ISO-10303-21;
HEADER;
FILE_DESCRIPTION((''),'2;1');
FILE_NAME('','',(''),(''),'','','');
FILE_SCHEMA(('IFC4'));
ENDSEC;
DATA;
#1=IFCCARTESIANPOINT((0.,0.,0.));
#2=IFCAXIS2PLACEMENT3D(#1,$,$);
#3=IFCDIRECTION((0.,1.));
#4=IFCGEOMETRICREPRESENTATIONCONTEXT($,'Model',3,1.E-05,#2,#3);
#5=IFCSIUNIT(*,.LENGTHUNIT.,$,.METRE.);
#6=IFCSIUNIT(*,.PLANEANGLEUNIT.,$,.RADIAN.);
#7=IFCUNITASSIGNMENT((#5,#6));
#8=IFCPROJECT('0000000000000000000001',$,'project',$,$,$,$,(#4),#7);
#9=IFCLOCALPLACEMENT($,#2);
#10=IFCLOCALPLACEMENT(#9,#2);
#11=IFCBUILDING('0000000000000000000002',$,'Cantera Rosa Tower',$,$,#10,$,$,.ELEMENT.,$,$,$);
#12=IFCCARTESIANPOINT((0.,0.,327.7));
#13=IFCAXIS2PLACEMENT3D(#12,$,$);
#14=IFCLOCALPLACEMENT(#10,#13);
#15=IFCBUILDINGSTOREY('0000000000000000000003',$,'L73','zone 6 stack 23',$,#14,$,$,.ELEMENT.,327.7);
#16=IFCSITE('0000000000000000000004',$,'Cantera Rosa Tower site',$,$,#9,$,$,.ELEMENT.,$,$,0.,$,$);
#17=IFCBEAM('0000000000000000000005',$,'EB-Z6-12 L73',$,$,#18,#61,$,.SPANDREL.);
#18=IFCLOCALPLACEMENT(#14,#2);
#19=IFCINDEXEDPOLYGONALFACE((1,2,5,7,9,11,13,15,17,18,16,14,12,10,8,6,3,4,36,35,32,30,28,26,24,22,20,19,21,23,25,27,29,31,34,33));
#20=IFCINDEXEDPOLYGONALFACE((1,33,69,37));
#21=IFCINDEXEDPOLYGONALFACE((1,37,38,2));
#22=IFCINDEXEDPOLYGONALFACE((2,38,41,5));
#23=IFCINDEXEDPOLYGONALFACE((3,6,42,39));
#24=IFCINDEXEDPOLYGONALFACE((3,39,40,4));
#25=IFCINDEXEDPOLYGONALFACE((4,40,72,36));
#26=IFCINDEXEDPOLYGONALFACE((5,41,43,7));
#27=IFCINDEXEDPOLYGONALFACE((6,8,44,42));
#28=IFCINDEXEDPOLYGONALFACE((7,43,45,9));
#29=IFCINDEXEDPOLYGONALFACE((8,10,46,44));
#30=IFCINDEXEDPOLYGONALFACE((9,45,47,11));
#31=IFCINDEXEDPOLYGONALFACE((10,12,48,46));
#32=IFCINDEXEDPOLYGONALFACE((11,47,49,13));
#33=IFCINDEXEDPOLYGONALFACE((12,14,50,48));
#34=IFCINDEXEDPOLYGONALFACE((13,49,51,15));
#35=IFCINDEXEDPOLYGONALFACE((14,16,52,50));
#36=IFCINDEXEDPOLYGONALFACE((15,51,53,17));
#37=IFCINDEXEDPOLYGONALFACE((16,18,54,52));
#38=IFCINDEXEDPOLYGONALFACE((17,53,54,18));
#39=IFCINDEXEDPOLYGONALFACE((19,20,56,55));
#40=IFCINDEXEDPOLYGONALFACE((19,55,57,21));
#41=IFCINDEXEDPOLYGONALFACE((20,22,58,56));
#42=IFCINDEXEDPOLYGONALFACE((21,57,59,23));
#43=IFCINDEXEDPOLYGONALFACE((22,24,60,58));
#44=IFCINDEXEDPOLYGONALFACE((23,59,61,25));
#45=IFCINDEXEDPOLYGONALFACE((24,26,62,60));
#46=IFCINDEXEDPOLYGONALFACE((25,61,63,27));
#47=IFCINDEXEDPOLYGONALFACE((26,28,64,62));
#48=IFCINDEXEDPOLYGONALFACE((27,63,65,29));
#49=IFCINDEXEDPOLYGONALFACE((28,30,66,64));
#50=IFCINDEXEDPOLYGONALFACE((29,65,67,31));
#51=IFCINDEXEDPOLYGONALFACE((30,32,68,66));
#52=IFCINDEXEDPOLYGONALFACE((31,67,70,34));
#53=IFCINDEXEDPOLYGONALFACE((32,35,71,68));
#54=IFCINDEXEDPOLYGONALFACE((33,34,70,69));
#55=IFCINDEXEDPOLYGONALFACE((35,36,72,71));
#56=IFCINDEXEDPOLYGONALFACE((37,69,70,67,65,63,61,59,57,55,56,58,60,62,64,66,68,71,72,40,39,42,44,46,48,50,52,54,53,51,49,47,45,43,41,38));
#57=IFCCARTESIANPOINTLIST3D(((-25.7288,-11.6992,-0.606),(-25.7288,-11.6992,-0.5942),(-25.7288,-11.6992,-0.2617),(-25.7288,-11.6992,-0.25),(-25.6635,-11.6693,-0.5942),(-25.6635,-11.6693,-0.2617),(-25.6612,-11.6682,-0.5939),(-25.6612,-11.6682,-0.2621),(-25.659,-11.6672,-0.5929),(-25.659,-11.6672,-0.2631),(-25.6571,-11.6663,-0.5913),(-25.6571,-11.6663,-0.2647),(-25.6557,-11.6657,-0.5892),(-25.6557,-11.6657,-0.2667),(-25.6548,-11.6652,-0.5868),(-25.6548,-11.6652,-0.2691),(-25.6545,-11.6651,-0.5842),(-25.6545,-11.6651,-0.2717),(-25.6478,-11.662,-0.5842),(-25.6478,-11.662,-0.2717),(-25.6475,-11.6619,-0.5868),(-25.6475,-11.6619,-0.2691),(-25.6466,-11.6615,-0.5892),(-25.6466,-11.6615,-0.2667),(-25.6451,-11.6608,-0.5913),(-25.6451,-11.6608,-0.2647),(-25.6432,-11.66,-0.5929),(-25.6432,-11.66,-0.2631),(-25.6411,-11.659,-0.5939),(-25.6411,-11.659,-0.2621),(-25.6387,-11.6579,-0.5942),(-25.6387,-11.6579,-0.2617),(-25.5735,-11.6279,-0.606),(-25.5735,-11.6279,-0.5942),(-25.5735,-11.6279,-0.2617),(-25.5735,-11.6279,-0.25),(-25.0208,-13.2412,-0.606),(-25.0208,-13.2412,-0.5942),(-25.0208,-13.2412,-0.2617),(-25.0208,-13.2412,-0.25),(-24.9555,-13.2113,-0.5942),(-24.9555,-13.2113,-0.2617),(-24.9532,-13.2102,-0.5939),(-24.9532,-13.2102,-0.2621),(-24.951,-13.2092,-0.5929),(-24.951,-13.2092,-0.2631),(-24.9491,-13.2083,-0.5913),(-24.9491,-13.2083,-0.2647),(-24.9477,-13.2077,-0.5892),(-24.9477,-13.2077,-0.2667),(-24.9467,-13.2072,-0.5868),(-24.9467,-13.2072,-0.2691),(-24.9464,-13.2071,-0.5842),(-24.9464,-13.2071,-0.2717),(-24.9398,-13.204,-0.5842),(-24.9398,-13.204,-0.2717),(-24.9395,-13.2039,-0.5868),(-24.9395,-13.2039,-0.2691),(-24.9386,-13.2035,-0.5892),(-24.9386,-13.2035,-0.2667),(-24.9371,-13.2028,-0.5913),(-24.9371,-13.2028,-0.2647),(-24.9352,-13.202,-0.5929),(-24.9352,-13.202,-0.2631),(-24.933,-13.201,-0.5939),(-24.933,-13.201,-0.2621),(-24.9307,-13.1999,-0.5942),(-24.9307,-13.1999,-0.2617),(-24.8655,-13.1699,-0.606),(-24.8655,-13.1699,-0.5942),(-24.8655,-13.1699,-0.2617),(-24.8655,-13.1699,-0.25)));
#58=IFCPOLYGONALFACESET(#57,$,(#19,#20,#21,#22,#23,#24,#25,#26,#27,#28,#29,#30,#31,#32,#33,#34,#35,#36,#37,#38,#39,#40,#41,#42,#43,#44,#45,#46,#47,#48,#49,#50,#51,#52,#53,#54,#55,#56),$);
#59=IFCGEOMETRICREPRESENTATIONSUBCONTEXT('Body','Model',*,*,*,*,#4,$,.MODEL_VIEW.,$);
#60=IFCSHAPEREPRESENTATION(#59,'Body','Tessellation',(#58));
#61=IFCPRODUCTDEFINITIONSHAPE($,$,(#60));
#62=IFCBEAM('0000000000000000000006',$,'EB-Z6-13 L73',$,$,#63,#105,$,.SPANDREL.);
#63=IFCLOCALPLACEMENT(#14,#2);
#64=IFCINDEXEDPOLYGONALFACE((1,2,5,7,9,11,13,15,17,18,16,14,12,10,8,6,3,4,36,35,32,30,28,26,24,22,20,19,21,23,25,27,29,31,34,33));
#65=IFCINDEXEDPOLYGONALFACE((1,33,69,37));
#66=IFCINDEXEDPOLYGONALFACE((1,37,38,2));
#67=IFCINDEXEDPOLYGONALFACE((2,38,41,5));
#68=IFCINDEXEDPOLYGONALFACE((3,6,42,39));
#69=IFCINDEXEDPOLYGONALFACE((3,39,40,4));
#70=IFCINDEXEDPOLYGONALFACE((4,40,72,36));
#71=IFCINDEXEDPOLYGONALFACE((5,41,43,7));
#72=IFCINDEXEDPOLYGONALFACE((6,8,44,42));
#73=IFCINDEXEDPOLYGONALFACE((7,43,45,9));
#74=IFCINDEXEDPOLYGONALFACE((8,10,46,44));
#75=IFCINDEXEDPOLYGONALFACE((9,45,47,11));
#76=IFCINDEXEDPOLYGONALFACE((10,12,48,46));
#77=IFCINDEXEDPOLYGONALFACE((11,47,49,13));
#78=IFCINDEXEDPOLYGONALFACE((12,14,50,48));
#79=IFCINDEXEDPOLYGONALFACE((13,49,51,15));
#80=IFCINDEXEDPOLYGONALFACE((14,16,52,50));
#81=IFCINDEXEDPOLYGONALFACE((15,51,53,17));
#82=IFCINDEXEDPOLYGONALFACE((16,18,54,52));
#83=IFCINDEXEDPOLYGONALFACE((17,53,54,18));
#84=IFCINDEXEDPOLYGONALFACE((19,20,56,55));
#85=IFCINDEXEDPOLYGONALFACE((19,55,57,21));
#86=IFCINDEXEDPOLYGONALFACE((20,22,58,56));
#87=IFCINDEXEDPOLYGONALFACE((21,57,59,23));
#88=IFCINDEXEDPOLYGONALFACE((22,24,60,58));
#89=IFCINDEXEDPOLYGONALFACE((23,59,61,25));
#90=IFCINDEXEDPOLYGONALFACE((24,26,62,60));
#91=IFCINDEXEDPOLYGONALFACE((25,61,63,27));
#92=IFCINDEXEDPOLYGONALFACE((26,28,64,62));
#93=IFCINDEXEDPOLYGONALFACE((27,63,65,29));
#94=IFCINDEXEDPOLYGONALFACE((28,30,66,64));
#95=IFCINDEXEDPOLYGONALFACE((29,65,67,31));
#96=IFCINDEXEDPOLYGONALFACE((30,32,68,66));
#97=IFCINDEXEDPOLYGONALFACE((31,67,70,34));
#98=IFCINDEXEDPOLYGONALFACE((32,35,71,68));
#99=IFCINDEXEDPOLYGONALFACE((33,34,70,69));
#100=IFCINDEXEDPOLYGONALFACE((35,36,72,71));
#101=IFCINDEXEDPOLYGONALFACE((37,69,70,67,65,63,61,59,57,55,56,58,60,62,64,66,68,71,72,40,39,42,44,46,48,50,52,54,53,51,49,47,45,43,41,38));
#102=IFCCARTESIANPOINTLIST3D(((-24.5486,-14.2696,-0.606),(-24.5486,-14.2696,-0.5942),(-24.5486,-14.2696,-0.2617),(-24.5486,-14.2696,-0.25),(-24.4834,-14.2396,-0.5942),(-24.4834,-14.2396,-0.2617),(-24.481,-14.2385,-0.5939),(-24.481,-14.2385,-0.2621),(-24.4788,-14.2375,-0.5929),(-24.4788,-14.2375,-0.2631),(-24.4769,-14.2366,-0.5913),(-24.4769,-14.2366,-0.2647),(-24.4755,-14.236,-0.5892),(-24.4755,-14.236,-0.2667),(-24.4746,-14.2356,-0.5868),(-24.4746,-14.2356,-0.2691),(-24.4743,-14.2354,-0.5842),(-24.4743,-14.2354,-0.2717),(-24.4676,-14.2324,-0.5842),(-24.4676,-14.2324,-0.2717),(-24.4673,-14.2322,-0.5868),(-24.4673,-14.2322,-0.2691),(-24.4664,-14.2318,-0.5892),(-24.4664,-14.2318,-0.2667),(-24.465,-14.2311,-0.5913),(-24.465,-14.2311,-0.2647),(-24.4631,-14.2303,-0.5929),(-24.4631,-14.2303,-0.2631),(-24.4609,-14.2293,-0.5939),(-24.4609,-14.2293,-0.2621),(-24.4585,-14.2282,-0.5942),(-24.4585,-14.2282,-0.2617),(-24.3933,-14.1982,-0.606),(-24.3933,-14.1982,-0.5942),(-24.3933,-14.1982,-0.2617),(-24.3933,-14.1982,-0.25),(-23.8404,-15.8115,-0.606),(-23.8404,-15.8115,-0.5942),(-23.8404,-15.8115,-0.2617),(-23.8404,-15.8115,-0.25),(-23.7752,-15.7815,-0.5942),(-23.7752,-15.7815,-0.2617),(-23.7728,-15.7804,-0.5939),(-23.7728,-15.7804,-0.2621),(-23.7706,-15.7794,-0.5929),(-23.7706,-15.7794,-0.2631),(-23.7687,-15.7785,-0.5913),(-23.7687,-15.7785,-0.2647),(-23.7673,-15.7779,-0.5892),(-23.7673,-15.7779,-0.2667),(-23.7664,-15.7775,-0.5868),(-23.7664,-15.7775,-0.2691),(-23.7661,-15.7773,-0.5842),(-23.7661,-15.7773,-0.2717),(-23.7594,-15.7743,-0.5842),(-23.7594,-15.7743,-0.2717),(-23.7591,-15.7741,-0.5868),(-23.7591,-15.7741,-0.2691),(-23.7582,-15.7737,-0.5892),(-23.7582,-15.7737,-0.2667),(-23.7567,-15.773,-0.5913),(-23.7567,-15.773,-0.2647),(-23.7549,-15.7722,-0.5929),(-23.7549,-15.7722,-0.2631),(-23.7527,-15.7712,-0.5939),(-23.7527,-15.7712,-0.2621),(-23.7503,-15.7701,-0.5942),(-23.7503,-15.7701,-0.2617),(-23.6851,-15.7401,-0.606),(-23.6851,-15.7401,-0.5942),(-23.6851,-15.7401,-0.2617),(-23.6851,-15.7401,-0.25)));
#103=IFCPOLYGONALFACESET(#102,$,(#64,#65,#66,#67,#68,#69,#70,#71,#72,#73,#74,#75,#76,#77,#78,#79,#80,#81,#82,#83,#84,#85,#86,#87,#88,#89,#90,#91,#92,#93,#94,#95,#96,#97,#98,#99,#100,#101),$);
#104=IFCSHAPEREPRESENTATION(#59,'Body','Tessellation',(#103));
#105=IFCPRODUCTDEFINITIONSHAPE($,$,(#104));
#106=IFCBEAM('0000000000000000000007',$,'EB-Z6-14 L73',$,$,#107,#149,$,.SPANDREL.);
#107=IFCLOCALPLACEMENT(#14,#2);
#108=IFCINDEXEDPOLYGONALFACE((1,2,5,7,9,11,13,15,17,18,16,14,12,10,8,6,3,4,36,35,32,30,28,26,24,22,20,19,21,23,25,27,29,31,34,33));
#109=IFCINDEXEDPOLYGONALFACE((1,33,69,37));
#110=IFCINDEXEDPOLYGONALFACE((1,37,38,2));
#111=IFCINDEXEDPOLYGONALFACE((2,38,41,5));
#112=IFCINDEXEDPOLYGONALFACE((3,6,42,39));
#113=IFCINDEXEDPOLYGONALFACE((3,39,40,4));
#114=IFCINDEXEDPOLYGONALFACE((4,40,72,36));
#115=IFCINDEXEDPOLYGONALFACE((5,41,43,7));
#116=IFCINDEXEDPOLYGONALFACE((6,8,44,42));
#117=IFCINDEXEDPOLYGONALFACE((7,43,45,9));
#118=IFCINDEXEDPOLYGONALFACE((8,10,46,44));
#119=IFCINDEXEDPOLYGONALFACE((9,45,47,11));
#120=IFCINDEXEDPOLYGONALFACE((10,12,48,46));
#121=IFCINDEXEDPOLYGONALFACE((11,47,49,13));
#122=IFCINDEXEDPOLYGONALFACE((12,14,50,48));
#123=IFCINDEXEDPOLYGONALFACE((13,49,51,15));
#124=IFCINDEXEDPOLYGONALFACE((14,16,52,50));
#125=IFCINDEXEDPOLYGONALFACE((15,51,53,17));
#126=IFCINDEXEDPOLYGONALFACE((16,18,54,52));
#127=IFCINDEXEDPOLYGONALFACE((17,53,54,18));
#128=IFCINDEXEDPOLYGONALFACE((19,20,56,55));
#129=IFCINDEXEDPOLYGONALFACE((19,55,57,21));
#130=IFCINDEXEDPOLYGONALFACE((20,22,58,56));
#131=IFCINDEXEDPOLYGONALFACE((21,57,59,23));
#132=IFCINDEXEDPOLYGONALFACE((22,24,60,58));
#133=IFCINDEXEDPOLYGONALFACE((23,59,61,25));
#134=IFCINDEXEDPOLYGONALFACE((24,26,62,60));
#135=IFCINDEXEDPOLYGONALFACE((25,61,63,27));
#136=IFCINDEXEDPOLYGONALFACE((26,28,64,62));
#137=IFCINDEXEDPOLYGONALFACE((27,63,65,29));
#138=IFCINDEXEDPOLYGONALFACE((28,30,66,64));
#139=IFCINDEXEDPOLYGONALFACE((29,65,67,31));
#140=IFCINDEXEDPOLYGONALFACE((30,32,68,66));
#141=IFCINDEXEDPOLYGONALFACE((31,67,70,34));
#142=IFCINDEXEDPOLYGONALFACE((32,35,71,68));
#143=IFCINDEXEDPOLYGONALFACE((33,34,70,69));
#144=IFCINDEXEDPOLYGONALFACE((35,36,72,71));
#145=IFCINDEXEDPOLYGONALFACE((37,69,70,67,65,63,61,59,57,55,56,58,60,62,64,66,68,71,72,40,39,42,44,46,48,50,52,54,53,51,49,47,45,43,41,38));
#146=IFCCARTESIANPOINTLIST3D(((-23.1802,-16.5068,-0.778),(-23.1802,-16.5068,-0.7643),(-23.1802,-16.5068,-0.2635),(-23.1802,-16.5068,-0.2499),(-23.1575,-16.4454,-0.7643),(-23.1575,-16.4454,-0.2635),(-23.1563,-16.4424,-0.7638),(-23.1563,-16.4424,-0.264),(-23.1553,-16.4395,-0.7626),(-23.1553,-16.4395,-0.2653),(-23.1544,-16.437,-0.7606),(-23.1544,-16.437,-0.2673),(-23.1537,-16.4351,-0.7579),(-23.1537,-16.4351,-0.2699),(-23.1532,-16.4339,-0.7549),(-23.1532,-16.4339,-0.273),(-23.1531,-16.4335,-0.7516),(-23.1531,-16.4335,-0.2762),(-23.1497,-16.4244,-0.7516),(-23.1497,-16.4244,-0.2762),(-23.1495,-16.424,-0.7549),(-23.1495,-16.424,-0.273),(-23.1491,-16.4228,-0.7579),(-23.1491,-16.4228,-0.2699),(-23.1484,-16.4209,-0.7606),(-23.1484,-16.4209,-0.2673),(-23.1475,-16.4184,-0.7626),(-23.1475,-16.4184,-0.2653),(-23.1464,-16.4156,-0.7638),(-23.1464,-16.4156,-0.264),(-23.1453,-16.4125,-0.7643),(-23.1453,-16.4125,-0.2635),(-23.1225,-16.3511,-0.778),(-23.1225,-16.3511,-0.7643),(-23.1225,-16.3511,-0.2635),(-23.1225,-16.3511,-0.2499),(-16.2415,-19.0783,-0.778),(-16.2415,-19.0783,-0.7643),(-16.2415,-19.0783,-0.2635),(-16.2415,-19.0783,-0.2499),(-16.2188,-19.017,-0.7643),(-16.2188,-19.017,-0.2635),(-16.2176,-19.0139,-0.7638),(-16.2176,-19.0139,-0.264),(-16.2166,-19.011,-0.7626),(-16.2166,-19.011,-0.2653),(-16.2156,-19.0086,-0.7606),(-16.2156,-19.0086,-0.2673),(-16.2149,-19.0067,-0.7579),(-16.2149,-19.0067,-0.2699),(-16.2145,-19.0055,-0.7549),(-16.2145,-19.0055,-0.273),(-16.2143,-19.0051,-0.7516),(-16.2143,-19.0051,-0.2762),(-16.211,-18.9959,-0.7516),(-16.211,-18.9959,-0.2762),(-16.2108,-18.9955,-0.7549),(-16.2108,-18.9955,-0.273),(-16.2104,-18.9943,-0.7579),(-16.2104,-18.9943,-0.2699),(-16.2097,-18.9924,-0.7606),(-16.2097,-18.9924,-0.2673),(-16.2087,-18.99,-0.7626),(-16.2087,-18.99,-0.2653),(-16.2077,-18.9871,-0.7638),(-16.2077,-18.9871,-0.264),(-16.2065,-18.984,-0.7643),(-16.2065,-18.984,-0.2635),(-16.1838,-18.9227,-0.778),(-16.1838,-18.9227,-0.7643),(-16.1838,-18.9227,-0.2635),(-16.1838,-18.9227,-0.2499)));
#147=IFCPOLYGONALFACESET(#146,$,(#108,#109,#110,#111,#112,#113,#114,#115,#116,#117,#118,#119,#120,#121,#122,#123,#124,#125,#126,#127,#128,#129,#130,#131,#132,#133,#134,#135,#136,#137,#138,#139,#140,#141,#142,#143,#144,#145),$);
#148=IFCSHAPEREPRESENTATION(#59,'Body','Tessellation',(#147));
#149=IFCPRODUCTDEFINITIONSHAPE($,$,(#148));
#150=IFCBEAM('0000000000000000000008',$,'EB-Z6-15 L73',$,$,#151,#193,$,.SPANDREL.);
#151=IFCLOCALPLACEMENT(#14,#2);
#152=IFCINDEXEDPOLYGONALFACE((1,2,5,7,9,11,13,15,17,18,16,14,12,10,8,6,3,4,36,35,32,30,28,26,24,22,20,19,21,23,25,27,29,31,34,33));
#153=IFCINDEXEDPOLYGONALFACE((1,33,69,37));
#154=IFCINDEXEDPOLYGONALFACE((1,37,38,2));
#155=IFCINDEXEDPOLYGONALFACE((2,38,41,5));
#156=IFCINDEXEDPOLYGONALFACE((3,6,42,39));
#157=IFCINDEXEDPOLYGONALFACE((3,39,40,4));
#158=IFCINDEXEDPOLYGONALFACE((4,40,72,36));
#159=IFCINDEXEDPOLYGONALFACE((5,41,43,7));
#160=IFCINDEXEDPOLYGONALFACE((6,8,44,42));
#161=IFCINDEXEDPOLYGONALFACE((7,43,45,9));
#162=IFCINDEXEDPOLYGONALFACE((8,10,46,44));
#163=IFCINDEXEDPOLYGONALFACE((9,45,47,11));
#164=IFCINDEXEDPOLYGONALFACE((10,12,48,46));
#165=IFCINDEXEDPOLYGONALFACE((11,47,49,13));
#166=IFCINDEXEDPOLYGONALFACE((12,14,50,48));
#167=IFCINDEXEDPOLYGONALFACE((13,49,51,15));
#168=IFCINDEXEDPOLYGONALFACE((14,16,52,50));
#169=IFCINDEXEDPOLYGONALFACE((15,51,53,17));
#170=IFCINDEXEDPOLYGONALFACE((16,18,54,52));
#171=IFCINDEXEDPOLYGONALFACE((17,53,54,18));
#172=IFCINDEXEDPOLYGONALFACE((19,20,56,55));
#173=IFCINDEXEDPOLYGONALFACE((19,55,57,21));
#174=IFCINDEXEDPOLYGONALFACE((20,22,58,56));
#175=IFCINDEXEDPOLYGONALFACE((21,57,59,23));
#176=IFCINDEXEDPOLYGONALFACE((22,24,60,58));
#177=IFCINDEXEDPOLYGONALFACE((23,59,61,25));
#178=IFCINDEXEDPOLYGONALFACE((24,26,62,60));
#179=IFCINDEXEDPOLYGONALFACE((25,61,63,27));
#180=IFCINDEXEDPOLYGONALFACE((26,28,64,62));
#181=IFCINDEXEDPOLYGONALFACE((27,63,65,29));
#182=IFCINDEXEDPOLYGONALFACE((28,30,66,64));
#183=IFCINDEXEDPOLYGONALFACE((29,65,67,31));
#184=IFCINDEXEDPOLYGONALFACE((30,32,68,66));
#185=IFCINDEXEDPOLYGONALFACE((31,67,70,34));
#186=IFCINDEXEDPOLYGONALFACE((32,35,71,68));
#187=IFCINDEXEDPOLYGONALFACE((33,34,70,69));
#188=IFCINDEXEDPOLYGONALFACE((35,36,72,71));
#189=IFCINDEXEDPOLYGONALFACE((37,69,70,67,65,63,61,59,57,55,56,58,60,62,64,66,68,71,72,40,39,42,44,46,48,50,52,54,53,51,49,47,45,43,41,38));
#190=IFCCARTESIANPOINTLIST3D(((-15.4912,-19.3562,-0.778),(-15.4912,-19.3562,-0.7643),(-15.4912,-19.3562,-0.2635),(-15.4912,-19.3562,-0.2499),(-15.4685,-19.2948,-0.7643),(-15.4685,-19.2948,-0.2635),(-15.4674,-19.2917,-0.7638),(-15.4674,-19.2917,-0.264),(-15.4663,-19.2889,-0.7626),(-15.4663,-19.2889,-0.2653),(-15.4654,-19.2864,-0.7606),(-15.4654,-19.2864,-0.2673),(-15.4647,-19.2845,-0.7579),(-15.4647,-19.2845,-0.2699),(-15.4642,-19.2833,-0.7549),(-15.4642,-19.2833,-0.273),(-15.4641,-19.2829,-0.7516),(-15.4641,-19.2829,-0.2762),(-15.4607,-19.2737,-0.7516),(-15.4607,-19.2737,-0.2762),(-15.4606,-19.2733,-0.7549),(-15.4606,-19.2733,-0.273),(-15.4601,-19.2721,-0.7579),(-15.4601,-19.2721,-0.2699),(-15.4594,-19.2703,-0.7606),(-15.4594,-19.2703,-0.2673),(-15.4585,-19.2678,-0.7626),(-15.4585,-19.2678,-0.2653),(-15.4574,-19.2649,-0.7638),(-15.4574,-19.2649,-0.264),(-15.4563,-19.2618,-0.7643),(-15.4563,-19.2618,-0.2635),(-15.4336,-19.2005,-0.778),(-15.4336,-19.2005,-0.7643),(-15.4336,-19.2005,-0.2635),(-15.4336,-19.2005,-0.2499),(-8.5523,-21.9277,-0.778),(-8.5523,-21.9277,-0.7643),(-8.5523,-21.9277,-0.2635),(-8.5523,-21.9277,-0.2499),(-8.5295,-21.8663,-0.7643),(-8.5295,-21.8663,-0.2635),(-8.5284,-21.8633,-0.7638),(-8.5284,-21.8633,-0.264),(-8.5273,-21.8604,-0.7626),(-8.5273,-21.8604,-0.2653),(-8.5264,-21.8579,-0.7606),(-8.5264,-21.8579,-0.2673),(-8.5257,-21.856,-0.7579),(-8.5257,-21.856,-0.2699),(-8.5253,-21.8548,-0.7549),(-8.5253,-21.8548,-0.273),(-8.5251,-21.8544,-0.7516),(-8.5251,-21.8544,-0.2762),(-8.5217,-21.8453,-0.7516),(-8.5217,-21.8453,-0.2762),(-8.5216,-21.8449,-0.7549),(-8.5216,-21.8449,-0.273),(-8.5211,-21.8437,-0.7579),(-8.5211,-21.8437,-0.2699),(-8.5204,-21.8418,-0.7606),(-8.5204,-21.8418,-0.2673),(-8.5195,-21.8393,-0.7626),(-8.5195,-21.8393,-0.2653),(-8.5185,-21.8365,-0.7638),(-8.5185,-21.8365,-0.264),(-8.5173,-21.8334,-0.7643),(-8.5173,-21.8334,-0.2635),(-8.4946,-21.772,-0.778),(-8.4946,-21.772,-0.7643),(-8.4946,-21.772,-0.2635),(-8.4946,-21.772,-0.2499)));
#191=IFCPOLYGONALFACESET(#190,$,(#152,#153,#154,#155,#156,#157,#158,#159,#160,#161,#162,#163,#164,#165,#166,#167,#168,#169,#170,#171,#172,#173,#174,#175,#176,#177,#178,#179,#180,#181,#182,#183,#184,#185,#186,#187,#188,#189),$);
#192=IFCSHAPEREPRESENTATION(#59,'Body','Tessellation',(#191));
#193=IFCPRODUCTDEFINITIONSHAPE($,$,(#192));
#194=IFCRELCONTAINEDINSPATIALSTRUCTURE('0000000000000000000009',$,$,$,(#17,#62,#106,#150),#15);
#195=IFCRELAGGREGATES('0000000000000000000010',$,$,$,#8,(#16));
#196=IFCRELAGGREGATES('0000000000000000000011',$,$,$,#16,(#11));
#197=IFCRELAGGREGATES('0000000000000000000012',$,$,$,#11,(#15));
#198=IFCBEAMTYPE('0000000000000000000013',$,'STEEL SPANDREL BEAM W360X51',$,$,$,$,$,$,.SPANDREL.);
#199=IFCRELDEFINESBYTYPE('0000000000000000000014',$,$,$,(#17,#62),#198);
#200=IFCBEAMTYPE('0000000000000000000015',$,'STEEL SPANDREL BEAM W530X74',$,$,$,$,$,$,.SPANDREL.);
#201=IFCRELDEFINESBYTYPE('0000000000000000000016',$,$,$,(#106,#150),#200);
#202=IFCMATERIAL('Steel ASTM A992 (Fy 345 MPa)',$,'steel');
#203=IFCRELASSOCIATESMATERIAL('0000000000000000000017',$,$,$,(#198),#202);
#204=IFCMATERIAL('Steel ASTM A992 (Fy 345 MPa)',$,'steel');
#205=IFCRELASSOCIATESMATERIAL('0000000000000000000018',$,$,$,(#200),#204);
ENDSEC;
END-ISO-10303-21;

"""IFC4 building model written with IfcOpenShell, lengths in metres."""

from ifc_helpers import new_model, si_unit, direction, frame, origin, origin_2d, place, context, subcontext, project, spatial, i_section, extrude, material, material_profile, profile_set, type_object, element, save


model = new_model("IFC4")

# Units and contexts
model_context = context("Model", 3, precision=1e-05, world=origin(), true_north=direction((0.0, 1.0)))
body_context = subcontext(model_context, "Body", "Model", "MODEL_VIEW")
ifc_project = project(units=[si_unit("LENGTHUNIT", "METRE"), si_unit("PLANEANGLEUNIT", "RADIAN")], contexts=[model_context])

# Site, building, storey
site_placement = place(None, origin())
site = spatial("IfcSite", under=ifc_project, at=site_placement, Name="Cantera Rosa Tower site", CompositionType="ELEMENT", RefElevation=0.0)
building_placement = place(site_placement, origin())
building = spatial("IfcBuilding", under=site, at=building_placement, Name="Cantera Rosa Tower", CompositionType="ELEMENT")
storey_placement = place(building_placement, frame((0.0, 0.0, 327.7)))
storey = spatial("IfcBuildingStorey", under=building, at=storey_placement, Name="L73", Description="zone 6 stack 23", CompositionType="ELEMENT", Elevation=327.7)

# Beams
ifc_material_1 = material(Name="Steel ASTM A992 (Fy 345 MPa)", Category="steel")
ifc_material_profile_1 = material_profile(ifc_material_1, i_section(OverallWidth=0.1709, OverallDepth=0.356, WebThickness=0.0073, FlangeThickness=0.0117, FilletRadius=0.01, at=origin_2d()), Name="W360X51")
ifc_profile_set_1 = profile_set([ifc_material_profile_1], Name="Steel ASTM A992 (Fy 345 MPa)")
beam_type_1 = type_object("IfcBeamType", Name="STEEL SPANDREL BEAM W360X51", PredefinedType="SPANDREL", material=ifc_profile_set_1)
for number, where, z_axis, x_axis, name in (
    (1, (-25.6511, -11.6636, -0.428), (0.417269, -0.908783, 0.0), (0.908783, 0.417269, 0.0), "EB-Z6-12 L73"),
    (2, (-24.4709, -14.2339, -0.428), (0.417388, -0.908728, 0.0), (0.908728, 0.417388, 0.0), "EB-Z6-13 L73"),
):
    element("IfcBeam", number, at=place(storey_placement, frame(where, z_axis=z_axis, x_axis=x_axis)), inside=storey, type_object=beam_type_1, Name=name, PredefinedType="SPANDREL", context=body_context, shape_type="SweptSolid", body=[
        extrude(i_section(OverallWidth=0.1709, OverallDepth=0.356, WebThickness=0.0073, FlangeThickness=0.0117, FilletRadius=0.01, at=origin_2d()), origin(), (0.0, 0.0, 1.0), 1.6968),
    ])
ifc_material_2 = material(Name="Steel ASTM A992 (Fy 345 MPa)", Category="steel")
ifc_material_profile_2 = material_profile(ifc_material_2, i_section(OverallWidth=0.166, OverallDepth=0.5281, WebThickness=0.0098, FlangeThickness=0.0137, FilletRadius=0.0127, at=origin_2d()), Name="W530X74")
ifc_profile_set_2 = profile_set([ifc_material_profile_2], Name="Steel ASTM A992 (Fy 345 MPa)")
beam_type_2 = type_object("IfcBeamType", Name="STEEL SPANDREL BEAM W530X74", PredefinedType="SPANDREL", material=ifc_profile_set_2)
beam_1_placement = place(storey_placement, frame((-23.1514, -16.429, -0.5139), z_axis=(0.937677, -0.347509, 0.0), x_axis=(0.347509, 0.937677, 0.0)))
element("IfcBeam", 3, at=beam_1_placement, inside=storey, type_object=beam_type_2, Name="EB-Z6-14 L73", PredefinedType="SPANDREL", context=body_context, shape_type="SweptSolid", body=[
    extrude(i_section(OverallWidth=0.166, OverallDepth=0.5281, WebThickness=0.0098, FlangeThickness=0.0137, FilletRadius=0.0127, at=origin_2d()), origin(), (0.0, 0.0, 1.0), 7.3999),
])
beam_2_placement = place(storey_placement, frame((-15.4624, -19.2783, -0.5139), z_axis=(0.937681, -0.347498, 0.0), x_axis=(0.347498, 0.937681, 0.0)))
element("IfcBeam", 4, at=beam_2_placement, inside=storey, type_object=beam_type_2, Name="EB-Z6-15 L73", PredefinedType="SPANDREL", context=body_context, shape_type="SweptSolid", body=[
    extrude(i_section(OverallWidth=0.166, OverallDepth=0.5281, WebThickness=0.0098, FlangeThickness=0.0137, FilletRadius=0.0127, at=origin_2d()), origin(), (0.0, 0.0, 1.0), 7.4001),
])

save(model, "model.ifc")
